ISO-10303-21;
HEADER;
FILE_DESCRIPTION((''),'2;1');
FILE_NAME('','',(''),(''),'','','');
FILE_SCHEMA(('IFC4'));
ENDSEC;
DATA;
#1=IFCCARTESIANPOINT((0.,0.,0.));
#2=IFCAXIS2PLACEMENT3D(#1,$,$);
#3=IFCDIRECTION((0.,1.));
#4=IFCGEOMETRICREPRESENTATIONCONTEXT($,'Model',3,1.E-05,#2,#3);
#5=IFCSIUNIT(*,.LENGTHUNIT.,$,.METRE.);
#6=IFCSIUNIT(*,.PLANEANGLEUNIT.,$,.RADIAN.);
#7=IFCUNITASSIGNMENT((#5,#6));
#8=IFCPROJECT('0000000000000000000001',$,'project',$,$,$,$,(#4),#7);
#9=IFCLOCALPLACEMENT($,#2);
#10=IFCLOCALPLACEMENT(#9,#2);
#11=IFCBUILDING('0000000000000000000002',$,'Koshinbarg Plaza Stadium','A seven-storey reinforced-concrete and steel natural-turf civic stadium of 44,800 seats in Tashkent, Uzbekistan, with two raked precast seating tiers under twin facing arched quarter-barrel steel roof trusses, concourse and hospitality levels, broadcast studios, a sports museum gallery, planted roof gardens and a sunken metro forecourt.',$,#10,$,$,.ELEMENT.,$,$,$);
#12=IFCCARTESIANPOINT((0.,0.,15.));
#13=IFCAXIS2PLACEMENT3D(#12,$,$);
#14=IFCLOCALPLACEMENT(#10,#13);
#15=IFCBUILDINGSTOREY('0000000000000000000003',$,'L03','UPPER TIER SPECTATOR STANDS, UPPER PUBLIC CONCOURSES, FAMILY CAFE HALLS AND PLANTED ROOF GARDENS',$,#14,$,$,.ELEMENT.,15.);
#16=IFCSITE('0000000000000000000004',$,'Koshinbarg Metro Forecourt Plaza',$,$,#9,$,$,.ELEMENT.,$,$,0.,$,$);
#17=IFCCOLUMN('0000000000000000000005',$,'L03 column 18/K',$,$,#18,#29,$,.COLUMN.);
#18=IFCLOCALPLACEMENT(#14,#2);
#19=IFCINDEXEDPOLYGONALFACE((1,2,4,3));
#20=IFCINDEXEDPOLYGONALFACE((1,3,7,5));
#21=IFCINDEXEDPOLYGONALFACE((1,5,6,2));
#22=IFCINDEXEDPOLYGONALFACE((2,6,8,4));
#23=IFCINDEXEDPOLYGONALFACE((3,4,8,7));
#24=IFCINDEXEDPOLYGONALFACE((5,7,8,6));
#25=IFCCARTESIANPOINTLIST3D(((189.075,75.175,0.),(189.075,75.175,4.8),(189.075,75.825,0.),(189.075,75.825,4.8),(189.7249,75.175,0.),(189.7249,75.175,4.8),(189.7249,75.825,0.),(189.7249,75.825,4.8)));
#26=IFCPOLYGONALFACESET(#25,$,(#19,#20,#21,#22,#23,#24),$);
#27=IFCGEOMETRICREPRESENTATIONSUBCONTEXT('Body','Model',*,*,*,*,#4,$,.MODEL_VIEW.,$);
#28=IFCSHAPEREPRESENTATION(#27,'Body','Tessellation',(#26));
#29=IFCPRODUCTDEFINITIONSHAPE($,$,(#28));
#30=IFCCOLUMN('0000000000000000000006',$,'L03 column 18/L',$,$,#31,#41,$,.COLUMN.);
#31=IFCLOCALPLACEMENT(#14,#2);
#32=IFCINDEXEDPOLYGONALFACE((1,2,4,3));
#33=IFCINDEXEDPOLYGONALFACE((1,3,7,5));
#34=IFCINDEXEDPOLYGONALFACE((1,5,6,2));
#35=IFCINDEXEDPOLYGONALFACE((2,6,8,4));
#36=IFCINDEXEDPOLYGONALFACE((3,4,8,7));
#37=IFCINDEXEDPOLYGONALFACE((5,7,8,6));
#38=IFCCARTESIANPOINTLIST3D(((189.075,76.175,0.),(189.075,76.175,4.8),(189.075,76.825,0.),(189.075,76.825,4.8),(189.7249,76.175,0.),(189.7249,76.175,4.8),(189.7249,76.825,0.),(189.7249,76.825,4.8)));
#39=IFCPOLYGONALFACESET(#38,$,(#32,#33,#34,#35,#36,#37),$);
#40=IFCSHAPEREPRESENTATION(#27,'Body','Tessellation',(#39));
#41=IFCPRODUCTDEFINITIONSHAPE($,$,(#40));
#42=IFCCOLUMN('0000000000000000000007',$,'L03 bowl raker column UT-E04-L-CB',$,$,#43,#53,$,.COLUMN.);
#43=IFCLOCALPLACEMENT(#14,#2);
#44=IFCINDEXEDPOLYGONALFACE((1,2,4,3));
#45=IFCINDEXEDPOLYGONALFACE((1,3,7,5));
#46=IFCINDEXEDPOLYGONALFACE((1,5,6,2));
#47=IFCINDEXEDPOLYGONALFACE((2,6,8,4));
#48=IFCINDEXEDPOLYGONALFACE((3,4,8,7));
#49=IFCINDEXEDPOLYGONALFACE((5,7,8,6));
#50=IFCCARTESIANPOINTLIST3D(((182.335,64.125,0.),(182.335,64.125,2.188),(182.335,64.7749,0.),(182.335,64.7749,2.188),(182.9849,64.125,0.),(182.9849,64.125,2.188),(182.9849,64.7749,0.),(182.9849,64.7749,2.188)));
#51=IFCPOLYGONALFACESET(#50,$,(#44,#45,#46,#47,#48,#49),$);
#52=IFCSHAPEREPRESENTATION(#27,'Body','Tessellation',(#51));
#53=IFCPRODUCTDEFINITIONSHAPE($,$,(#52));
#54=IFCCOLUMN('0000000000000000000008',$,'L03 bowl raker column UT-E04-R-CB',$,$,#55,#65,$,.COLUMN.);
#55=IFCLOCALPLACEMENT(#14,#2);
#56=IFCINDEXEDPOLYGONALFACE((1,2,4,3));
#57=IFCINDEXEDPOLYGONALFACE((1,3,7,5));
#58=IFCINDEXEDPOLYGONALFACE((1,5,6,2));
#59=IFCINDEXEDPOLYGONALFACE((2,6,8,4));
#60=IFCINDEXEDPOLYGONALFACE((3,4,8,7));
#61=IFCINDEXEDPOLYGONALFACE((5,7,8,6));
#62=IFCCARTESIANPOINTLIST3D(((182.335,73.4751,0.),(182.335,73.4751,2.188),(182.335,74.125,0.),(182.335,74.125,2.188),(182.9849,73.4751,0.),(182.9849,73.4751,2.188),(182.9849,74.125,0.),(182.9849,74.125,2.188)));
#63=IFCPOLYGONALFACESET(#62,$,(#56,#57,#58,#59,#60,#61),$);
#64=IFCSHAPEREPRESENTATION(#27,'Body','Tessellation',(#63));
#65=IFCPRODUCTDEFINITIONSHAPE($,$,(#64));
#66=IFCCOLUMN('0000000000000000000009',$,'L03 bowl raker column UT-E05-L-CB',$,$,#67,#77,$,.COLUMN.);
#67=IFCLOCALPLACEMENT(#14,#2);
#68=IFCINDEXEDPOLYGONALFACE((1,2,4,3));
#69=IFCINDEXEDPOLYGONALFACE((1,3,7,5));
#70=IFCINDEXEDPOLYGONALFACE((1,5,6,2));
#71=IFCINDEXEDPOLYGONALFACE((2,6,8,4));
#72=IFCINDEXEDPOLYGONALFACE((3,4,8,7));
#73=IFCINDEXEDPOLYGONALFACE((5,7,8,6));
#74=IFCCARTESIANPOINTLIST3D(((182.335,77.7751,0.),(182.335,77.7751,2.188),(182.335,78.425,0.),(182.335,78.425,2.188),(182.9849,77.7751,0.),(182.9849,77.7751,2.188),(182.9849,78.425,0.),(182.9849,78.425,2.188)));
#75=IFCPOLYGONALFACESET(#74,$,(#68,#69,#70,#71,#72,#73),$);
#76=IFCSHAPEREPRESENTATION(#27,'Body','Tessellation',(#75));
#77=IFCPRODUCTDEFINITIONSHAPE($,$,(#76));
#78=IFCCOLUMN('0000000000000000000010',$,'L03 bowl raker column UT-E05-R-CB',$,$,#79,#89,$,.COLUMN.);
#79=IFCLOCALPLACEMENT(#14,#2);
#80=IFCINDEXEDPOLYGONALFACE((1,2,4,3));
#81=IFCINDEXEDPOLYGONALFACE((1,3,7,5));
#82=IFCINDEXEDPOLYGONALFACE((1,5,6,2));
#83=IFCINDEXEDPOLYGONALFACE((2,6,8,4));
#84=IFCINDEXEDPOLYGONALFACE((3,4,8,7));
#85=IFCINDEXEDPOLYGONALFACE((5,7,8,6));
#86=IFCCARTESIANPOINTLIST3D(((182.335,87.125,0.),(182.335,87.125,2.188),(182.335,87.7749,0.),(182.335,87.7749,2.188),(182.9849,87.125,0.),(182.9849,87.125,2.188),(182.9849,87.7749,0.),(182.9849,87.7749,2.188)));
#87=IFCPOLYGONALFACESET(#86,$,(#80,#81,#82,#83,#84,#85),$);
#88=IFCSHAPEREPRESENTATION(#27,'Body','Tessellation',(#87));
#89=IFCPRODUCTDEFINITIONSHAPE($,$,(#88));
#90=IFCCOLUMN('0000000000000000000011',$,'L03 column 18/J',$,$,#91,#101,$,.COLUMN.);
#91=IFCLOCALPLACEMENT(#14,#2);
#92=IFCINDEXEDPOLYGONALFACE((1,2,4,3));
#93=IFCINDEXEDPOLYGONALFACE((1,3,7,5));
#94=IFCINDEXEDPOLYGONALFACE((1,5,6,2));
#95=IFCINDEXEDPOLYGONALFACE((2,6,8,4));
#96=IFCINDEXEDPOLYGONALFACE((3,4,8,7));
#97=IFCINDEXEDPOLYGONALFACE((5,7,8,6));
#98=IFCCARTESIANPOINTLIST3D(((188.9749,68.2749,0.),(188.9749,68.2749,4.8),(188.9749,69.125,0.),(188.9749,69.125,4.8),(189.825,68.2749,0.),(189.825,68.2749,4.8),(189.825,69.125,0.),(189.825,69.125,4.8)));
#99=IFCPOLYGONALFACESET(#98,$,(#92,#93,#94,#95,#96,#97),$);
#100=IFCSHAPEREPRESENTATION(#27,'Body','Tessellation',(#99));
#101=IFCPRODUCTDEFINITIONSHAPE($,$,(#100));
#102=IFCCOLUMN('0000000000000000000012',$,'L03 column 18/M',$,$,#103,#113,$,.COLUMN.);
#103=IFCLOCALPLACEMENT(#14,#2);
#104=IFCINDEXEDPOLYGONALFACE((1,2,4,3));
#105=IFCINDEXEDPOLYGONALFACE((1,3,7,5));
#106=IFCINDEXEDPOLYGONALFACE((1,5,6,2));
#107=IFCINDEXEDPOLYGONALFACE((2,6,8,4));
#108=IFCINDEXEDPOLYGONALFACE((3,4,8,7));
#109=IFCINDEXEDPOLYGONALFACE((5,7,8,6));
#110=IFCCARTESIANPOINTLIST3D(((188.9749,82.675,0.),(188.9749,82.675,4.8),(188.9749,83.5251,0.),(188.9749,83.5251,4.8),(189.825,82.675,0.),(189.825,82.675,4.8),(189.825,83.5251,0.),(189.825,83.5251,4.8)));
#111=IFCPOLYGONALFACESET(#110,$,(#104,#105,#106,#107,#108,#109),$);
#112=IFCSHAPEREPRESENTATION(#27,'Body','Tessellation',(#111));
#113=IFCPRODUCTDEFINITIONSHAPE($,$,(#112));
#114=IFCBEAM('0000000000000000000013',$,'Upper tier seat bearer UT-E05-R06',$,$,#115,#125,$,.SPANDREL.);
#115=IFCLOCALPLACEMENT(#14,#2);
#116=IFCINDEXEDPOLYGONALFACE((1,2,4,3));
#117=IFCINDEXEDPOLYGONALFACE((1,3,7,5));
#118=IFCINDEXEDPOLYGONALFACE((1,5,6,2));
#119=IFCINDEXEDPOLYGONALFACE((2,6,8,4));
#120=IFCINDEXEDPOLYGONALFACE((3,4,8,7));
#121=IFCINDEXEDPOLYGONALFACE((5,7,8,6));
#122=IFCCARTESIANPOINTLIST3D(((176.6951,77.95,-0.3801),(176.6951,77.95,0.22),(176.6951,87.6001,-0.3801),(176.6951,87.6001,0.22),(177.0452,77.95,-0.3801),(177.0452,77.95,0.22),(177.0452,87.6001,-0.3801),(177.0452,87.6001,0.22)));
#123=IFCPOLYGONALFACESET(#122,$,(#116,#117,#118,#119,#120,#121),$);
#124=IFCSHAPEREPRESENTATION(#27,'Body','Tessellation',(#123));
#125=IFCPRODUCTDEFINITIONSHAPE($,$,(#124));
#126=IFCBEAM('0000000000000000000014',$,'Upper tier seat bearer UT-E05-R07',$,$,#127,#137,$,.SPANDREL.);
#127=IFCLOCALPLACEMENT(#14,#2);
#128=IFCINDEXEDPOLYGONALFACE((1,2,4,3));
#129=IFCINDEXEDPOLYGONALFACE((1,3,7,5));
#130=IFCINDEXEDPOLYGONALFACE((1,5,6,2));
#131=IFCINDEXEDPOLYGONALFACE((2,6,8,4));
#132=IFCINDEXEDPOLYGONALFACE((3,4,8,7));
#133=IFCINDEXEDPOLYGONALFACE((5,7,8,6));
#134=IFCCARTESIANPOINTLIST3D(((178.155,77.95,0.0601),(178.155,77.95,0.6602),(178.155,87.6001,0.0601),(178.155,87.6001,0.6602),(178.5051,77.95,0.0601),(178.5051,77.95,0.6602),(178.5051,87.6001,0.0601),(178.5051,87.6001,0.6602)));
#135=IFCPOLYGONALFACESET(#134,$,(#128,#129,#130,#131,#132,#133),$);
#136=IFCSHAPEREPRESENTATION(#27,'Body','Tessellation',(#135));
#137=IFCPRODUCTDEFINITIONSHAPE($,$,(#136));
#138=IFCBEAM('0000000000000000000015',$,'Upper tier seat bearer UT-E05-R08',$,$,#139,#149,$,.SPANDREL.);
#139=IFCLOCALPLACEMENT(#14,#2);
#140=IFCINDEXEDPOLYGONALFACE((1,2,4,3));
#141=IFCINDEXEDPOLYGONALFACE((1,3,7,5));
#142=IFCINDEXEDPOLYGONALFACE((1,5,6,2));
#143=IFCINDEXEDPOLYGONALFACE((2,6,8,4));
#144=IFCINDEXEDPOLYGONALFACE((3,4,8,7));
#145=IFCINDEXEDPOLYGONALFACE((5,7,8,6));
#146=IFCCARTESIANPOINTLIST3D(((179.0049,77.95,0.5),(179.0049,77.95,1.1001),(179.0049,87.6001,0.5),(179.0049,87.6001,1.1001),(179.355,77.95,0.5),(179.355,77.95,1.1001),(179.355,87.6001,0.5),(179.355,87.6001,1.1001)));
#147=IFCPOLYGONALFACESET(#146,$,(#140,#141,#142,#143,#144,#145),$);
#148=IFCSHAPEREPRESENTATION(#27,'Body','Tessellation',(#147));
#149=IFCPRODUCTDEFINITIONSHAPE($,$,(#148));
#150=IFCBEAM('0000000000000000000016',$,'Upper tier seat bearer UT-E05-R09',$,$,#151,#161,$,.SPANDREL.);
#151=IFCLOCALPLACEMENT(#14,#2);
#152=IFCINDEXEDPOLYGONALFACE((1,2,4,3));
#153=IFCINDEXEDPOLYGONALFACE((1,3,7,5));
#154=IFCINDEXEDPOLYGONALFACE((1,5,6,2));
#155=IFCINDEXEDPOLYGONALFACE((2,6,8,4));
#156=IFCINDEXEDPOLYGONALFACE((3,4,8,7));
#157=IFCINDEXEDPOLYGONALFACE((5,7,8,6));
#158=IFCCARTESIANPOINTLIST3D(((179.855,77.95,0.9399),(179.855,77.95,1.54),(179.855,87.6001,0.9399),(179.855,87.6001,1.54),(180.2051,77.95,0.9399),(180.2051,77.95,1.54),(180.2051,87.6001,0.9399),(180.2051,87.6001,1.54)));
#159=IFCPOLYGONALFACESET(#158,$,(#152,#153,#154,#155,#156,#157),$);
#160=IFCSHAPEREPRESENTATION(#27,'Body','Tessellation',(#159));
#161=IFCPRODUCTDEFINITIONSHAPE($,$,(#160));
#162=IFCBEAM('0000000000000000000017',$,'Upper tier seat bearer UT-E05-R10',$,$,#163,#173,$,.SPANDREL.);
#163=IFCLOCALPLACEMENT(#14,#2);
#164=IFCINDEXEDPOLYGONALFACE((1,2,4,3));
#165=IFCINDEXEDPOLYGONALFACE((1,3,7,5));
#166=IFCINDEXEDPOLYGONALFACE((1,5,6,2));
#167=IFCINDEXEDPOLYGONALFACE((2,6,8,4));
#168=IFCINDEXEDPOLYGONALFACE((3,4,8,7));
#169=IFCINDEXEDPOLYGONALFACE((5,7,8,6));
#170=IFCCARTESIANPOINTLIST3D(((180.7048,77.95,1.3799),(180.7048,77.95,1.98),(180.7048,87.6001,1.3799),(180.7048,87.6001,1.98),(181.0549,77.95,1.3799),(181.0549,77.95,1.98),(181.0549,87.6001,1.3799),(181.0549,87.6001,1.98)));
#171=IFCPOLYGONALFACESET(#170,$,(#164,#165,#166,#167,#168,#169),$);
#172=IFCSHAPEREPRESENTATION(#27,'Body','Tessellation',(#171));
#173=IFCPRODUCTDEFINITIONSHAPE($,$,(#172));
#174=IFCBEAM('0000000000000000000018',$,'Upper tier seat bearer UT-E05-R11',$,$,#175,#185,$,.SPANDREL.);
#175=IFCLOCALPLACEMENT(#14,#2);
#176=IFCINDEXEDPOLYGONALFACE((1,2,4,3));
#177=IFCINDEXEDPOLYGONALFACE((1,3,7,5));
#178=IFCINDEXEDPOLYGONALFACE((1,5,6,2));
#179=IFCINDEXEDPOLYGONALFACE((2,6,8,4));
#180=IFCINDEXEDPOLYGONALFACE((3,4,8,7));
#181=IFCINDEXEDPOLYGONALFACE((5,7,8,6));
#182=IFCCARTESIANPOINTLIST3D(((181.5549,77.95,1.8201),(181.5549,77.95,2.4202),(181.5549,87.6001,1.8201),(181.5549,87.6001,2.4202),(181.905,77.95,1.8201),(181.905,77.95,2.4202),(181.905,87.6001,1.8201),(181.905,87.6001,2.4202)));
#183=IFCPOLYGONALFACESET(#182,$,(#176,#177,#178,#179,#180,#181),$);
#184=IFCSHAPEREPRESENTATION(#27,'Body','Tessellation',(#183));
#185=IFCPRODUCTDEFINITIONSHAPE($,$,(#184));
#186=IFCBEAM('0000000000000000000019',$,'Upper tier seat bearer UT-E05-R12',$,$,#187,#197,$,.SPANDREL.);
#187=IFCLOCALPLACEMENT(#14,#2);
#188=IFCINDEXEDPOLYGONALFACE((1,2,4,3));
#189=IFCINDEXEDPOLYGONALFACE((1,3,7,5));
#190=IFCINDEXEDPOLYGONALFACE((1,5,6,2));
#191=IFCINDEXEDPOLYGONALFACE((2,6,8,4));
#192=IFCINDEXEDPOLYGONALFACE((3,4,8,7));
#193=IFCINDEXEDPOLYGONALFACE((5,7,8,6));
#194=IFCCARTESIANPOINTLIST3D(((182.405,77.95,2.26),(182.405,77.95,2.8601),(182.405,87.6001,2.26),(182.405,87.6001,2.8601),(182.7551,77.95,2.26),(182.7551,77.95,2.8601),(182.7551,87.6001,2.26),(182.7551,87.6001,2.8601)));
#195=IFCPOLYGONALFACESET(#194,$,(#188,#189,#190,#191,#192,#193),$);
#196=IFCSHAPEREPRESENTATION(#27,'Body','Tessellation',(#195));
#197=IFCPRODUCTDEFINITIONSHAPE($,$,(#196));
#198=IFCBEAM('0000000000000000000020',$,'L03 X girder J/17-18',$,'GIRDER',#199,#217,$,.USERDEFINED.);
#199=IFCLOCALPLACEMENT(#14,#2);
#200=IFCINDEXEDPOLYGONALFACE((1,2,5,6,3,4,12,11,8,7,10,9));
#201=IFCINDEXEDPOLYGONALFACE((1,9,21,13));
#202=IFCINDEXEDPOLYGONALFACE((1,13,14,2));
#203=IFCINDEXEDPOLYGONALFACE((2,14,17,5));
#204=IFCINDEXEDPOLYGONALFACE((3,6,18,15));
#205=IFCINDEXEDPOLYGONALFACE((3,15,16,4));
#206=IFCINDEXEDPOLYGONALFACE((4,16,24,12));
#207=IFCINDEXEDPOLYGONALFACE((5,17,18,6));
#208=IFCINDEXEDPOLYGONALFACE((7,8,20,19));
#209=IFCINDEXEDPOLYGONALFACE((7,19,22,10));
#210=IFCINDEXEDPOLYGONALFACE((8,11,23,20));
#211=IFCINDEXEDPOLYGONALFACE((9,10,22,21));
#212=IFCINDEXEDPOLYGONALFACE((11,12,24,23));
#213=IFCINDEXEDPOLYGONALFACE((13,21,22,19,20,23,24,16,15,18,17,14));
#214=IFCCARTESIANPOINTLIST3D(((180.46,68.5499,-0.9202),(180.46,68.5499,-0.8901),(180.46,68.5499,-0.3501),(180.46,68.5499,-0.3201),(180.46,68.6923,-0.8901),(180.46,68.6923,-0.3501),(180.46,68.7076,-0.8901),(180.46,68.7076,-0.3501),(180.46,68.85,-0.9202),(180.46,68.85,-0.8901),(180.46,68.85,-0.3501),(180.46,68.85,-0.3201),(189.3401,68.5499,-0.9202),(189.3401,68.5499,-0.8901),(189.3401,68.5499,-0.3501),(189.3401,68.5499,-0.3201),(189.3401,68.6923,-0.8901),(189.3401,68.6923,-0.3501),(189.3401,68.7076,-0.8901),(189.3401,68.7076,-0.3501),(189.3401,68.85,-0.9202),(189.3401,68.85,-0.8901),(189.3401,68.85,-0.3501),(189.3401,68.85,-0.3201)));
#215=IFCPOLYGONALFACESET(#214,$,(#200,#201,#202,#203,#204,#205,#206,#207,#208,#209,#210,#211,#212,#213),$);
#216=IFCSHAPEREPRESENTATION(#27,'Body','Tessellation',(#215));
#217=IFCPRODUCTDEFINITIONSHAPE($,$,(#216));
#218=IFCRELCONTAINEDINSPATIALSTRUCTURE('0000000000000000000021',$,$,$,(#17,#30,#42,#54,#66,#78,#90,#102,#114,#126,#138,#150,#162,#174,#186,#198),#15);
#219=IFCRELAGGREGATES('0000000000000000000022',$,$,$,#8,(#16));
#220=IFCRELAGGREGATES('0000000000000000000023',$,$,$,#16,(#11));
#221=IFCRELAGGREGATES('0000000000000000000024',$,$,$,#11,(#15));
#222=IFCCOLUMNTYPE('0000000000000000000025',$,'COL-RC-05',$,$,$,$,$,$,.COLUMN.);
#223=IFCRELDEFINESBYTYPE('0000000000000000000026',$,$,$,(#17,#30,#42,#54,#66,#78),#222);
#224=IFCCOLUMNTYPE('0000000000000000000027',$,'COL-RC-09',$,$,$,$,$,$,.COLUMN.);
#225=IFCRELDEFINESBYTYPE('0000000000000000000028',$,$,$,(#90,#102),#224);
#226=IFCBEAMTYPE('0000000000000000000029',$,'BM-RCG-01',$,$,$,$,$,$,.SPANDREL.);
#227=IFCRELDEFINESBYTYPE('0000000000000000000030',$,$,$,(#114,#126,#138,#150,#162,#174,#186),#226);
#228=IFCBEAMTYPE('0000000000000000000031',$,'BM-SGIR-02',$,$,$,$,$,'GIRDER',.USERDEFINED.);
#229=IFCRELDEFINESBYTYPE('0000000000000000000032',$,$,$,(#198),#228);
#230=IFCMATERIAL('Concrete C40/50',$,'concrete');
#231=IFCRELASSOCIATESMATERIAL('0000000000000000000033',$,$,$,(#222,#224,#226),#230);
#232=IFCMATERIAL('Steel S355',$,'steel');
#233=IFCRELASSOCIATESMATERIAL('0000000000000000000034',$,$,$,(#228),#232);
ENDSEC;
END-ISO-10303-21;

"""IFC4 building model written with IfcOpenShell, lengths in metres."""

from ifc_helpers import new_model, si_unit, direction, frame, origin, origin_2d, place, context, subcontext, project, spatial, rectangle, i_section, extrude, material, material_profile, profile_set, type_object, element, save


model = new_model("IFC4")

# Units and contexts
model_context = context("Model", 3, precision=1e-05, world=origin(), true_north=direction((0.0, 1.0)))
body_context = subcontext(model_context, "Body", "Model", "MODEL_VIEW")
ifc_project = project(units=[si_unit("LENGTHUNIT", "METRE"), si_unit("PLANEANGLEUNIT", "RADIAN")], contexts=[model_context])

# Site, building, storey
site_placement = place(None, origin())
site = spatial("IfcSite", under=ifc_project, at=site_placement, Name="Koshinbarg Metro Forecourt Plaza", CompositionType="ELEMENT", RefElevation=0.0)
building_placement = place(site_placement, origin())
building = spatial("IfcBuilding", under=site, at=building_placement, Name="Koshinbarg Plaza Stadium", Description="A seven-storey reinforced-concrete and steel natural-turf civic stadium of 44,800 seats in Tashkent, Uzbekistan, with two raked precast seating tiers under twin facing arched quarter-barrel steel roof trusses, concourse and hospitality levels, broadcast studios, a sports museum gallery, planted roof gardens and a sunken metro forecourt.", CompositionType="ELEMENT")
storey_placement = place(building_placement, frame((0.0, 0.0, 15.0)))
storey = spatial("IfcBuildingStorey", under=building, at=storey_placement, Name="L03", Description="UPPER TIER SPECTATOR STANDS, UPPER PUBLIC CONCOURSES, FAMILY CAFE HALLS AND PLANTED ROOF GARDENS", CompositionType="ELEMENT", Elevation=15.0)

# Columns
ifc_material_1 = material(Name="Concrete C40/50", Category="concrete")
ifc_material_profile_1 = material_profile(ifc_material_1, rectangle(XDim=0.6499, YDim=0.6499, at=origin_2d()), Name="RC 650x650")
ifc_profile_set_1 = profile_set([ifc_material_profile_1], Name="Concrete C40/50")
column_type_1 = type_object("IfcColumnType", Name="COL-RC-05", PredefinedType="COLUMN", material=ifc_profile_set_1)
for number, where, z_axis, x_axis, name in (
    (1, (189.3999, 75.5, 0.0), (0.0, 0.0, 1.0), (1.0, 0.0, 0.0), "L03 column 18/K"),
    (2, (189.3999, 76.5, 0.0), (0.0, 0.0, 1.0), (1.0, 0.0, 0.0), "L03 column 18/L"),
):
    element("IfcColumn", number, at=place(storey_placement, frame(where, z_axis=z_axis, x_axis=x_axis)), inside=storey, type_object=column_type_1, Name=name, PredefinedType="COLUMN", context=body_context, shape_type="SweptSolid", body=[
        extrude(rectangle(XDim=0.6499, YDim=0.6499, at=origin_2d()), origin(), (0.0, 0.0, 1.0), 4.8),
    ])
for number, where, z_axis, x_axis, name in (
    (3, (182.6599, 64.45, 0.0), (0.0, 0.0, 1.0), (1.0, 0.0, 0.0), "L03 bowl raker column UT-E04-L-CB"),
    (4, (182.6599, 73.8, 0.0), (0.0, 0.0, 1.0), (1.0, 0.0, 0.0), "L03 bowl raker column UT-E04-R-CB"),
    (5, (182.6599, 78.1001, 0.0), (0.0, 0.0, 1.0), (1.0, 0.0, 0.0), "L03 bowl raker column UT-E05-L-CB"),
    (6, (182.6599, 87.45, 0.0), (0.0, 0.0, 1.0), (1.0, 0.0, 0.0), "L03 bowl raker column UT-E05-R-CB"),
):
    element("IfcColumn", number, at=place(storey_placement, frame(where, z_axis=z_axis, x_axis=x_axis)), inside=storey, type_object=column_type_1, Name=name, PredefinedType="COLUMN", context=body_context, shape_type="SweptSolid", body=[
        extrude(rectangle(XDim=0.6499, YDim=0.6499, at=origin_2d()), origin(), (0.0, 0.0, 1.0), 2.188),
    ])
ifc_material_profile_2 = material_profile(ifc_material_1, rectangle(XDim=0.8501, YDim=0.8501, at=origin_2d()), Name="RC 850x850")
ifc_profile_set_2 = profile_set([ifc_material_profile_2], Name="Concrete C40/50")
column_type_2 = type_object("IfcColumnType", Name="COL-RC-09", PredefinedType="COLUMN", material=ifc_profile_set_2)
for number, where, z_axis, x_axis, name in (
    (7, (189.3999, 68.7, 0.0), (0.0, 0.0, 1.0), (1.0, 0.0, 0.0), "L03 column 18/J"),
    (8, (189.3999, 83.1001, 0.0), (0.0, 0.0, 1.0), (1.0, 0.0, 0.0), "L03 column 18/M"),
):
    element("IfcColumn", number, at=place(storey_placement, frame(where, z_axis=z_axis, x_axis=x_axis)), inside=storey, type_object=column_type_2, Name=name, PredefinedType="COLUMN", context=body_context, shape_type="SweptSolid", body=[
        extrude(rectangle(XDim=0.8501, YDim=0.8501, at=origin_2d()), origin(), (0.0, 0.0, 1.0), 4.8),
    ])

# Beams
ifc_material_profile_3 = material_profile(ifc_material_1, rectangle(XDim=0.3501, YDim=0.6001, at=origin_2d()), Name="RC 350x600")
ifc_profile_set_3 = profile_set([ifc_material_profile_3], Name="Concrete C40/50")
beam_type_1 = type_object("IfcBeamType", Name="BM-RCG-01", PredefinedType="SPANDREL", material=ifc_profile_set_3)
for number, where, z_axis, x_axis, name in (
    (9, (176.8701, 77.95, -0.0801), (0.0, 1.0, 0.0), (-1.0, 0.0, 0.0), "Upper tier seat bearer UT-E05-R06"),
    (10, (178.3301, 77.95, 0.3601), (0.0, 1.0, 0.0), (-1.0, 0.0, 0.0), "Upper tier seat bearer UT-E05-R07"),
    (11, (179.1799, 77.95, 0.8), (0.0, 1.0, 0.0), (-1.0, 0.0, 0.0), "Upper tier seat bearer UT-E05-R08"),
    (12, (180.03, 77.95, 1.24), (0.0, 1.0, 0.0), (-1.0, 0.0, 0.0), "Upper tier seat bearer UT-E05-R09"),
    (13, (180.8799, 77.95, 1.6799), (0.0, 1.0, 0.0), (-1.0, 0.0, 0.0), "Upper tier seat bearer UT-E05-R10"),
    (14, (181.73, 77.95, 2.1201), (0.0, 1.0, 0.0), (-1.0, 0.0, 0.0), "Upper tier seat bearer UT-E05-R11"),
    (15, (182.5801, 77.95, 2.5601), (0.0, 1.0, 0.0), (-1.0, 0.0, 0.0), "Upper tier seat bearer UT-E05-R12"),
):
    element("IfcBeam", number, at=place(storey_placement, frame(where, z_axis=z_axis, x_axis=x_axis)), inside=storey, type_object=beam_type_1, Name=name, PredefinedType="SPANDREL", context=body_context, shape_type="SweptSolid", body=[
        extrude(rectangle(XDim=0.3501, YDim=0.6001, at=origin_2d()), origin(), (0.0, 0.0, 1.0), 9.6501),
    ])
ifc_material_2 = material(Name="Steel S355", Category="steel")
ifc_material_profile_4 = material_profile(ifc_material_2, i_section(OverallWidth=0.3, OverallDepth=0.6001, WebThickness=0.0154, FlangeThickness=0.03, at=origin_2d()), Name="HEB 600")
ifc_profile_set_4 = profile_set([ifc_material_profile_4], Name="Steel S355")
beam_type_2 = type_object("IfcBeamType", Name="BM-SGIR-02", ElementType="GIRDER", PredefinedType="USERDEFINED", material=ifc_profile_set_4)
beam_1_placement = place(storey_placement, frame((180.46, 68.7, -0.6201), z_axis=(1.0, 0.0, 0.0), x_axis=(0.0, 1.0, 0.0)))
element("IfcBeam", 16, at=beam_1_placement, inside=storey, type_object=beam_type_2, Name="L03 X girder J/17-18", ObjectType="GIRDER", PredefinedType="USERDEFINED", context=body_context, shape_type="SweptSolid", body=[
    extrude(i_section(OverallWidth=0.3, OverallDepth=0.6001, WebThickness=0.0154, FlangeThickness=0.03, at=origin_2d()), origin(), (0.0, 0.0, 1.0), 8.8801),
])

save(model, "model.ifc")
